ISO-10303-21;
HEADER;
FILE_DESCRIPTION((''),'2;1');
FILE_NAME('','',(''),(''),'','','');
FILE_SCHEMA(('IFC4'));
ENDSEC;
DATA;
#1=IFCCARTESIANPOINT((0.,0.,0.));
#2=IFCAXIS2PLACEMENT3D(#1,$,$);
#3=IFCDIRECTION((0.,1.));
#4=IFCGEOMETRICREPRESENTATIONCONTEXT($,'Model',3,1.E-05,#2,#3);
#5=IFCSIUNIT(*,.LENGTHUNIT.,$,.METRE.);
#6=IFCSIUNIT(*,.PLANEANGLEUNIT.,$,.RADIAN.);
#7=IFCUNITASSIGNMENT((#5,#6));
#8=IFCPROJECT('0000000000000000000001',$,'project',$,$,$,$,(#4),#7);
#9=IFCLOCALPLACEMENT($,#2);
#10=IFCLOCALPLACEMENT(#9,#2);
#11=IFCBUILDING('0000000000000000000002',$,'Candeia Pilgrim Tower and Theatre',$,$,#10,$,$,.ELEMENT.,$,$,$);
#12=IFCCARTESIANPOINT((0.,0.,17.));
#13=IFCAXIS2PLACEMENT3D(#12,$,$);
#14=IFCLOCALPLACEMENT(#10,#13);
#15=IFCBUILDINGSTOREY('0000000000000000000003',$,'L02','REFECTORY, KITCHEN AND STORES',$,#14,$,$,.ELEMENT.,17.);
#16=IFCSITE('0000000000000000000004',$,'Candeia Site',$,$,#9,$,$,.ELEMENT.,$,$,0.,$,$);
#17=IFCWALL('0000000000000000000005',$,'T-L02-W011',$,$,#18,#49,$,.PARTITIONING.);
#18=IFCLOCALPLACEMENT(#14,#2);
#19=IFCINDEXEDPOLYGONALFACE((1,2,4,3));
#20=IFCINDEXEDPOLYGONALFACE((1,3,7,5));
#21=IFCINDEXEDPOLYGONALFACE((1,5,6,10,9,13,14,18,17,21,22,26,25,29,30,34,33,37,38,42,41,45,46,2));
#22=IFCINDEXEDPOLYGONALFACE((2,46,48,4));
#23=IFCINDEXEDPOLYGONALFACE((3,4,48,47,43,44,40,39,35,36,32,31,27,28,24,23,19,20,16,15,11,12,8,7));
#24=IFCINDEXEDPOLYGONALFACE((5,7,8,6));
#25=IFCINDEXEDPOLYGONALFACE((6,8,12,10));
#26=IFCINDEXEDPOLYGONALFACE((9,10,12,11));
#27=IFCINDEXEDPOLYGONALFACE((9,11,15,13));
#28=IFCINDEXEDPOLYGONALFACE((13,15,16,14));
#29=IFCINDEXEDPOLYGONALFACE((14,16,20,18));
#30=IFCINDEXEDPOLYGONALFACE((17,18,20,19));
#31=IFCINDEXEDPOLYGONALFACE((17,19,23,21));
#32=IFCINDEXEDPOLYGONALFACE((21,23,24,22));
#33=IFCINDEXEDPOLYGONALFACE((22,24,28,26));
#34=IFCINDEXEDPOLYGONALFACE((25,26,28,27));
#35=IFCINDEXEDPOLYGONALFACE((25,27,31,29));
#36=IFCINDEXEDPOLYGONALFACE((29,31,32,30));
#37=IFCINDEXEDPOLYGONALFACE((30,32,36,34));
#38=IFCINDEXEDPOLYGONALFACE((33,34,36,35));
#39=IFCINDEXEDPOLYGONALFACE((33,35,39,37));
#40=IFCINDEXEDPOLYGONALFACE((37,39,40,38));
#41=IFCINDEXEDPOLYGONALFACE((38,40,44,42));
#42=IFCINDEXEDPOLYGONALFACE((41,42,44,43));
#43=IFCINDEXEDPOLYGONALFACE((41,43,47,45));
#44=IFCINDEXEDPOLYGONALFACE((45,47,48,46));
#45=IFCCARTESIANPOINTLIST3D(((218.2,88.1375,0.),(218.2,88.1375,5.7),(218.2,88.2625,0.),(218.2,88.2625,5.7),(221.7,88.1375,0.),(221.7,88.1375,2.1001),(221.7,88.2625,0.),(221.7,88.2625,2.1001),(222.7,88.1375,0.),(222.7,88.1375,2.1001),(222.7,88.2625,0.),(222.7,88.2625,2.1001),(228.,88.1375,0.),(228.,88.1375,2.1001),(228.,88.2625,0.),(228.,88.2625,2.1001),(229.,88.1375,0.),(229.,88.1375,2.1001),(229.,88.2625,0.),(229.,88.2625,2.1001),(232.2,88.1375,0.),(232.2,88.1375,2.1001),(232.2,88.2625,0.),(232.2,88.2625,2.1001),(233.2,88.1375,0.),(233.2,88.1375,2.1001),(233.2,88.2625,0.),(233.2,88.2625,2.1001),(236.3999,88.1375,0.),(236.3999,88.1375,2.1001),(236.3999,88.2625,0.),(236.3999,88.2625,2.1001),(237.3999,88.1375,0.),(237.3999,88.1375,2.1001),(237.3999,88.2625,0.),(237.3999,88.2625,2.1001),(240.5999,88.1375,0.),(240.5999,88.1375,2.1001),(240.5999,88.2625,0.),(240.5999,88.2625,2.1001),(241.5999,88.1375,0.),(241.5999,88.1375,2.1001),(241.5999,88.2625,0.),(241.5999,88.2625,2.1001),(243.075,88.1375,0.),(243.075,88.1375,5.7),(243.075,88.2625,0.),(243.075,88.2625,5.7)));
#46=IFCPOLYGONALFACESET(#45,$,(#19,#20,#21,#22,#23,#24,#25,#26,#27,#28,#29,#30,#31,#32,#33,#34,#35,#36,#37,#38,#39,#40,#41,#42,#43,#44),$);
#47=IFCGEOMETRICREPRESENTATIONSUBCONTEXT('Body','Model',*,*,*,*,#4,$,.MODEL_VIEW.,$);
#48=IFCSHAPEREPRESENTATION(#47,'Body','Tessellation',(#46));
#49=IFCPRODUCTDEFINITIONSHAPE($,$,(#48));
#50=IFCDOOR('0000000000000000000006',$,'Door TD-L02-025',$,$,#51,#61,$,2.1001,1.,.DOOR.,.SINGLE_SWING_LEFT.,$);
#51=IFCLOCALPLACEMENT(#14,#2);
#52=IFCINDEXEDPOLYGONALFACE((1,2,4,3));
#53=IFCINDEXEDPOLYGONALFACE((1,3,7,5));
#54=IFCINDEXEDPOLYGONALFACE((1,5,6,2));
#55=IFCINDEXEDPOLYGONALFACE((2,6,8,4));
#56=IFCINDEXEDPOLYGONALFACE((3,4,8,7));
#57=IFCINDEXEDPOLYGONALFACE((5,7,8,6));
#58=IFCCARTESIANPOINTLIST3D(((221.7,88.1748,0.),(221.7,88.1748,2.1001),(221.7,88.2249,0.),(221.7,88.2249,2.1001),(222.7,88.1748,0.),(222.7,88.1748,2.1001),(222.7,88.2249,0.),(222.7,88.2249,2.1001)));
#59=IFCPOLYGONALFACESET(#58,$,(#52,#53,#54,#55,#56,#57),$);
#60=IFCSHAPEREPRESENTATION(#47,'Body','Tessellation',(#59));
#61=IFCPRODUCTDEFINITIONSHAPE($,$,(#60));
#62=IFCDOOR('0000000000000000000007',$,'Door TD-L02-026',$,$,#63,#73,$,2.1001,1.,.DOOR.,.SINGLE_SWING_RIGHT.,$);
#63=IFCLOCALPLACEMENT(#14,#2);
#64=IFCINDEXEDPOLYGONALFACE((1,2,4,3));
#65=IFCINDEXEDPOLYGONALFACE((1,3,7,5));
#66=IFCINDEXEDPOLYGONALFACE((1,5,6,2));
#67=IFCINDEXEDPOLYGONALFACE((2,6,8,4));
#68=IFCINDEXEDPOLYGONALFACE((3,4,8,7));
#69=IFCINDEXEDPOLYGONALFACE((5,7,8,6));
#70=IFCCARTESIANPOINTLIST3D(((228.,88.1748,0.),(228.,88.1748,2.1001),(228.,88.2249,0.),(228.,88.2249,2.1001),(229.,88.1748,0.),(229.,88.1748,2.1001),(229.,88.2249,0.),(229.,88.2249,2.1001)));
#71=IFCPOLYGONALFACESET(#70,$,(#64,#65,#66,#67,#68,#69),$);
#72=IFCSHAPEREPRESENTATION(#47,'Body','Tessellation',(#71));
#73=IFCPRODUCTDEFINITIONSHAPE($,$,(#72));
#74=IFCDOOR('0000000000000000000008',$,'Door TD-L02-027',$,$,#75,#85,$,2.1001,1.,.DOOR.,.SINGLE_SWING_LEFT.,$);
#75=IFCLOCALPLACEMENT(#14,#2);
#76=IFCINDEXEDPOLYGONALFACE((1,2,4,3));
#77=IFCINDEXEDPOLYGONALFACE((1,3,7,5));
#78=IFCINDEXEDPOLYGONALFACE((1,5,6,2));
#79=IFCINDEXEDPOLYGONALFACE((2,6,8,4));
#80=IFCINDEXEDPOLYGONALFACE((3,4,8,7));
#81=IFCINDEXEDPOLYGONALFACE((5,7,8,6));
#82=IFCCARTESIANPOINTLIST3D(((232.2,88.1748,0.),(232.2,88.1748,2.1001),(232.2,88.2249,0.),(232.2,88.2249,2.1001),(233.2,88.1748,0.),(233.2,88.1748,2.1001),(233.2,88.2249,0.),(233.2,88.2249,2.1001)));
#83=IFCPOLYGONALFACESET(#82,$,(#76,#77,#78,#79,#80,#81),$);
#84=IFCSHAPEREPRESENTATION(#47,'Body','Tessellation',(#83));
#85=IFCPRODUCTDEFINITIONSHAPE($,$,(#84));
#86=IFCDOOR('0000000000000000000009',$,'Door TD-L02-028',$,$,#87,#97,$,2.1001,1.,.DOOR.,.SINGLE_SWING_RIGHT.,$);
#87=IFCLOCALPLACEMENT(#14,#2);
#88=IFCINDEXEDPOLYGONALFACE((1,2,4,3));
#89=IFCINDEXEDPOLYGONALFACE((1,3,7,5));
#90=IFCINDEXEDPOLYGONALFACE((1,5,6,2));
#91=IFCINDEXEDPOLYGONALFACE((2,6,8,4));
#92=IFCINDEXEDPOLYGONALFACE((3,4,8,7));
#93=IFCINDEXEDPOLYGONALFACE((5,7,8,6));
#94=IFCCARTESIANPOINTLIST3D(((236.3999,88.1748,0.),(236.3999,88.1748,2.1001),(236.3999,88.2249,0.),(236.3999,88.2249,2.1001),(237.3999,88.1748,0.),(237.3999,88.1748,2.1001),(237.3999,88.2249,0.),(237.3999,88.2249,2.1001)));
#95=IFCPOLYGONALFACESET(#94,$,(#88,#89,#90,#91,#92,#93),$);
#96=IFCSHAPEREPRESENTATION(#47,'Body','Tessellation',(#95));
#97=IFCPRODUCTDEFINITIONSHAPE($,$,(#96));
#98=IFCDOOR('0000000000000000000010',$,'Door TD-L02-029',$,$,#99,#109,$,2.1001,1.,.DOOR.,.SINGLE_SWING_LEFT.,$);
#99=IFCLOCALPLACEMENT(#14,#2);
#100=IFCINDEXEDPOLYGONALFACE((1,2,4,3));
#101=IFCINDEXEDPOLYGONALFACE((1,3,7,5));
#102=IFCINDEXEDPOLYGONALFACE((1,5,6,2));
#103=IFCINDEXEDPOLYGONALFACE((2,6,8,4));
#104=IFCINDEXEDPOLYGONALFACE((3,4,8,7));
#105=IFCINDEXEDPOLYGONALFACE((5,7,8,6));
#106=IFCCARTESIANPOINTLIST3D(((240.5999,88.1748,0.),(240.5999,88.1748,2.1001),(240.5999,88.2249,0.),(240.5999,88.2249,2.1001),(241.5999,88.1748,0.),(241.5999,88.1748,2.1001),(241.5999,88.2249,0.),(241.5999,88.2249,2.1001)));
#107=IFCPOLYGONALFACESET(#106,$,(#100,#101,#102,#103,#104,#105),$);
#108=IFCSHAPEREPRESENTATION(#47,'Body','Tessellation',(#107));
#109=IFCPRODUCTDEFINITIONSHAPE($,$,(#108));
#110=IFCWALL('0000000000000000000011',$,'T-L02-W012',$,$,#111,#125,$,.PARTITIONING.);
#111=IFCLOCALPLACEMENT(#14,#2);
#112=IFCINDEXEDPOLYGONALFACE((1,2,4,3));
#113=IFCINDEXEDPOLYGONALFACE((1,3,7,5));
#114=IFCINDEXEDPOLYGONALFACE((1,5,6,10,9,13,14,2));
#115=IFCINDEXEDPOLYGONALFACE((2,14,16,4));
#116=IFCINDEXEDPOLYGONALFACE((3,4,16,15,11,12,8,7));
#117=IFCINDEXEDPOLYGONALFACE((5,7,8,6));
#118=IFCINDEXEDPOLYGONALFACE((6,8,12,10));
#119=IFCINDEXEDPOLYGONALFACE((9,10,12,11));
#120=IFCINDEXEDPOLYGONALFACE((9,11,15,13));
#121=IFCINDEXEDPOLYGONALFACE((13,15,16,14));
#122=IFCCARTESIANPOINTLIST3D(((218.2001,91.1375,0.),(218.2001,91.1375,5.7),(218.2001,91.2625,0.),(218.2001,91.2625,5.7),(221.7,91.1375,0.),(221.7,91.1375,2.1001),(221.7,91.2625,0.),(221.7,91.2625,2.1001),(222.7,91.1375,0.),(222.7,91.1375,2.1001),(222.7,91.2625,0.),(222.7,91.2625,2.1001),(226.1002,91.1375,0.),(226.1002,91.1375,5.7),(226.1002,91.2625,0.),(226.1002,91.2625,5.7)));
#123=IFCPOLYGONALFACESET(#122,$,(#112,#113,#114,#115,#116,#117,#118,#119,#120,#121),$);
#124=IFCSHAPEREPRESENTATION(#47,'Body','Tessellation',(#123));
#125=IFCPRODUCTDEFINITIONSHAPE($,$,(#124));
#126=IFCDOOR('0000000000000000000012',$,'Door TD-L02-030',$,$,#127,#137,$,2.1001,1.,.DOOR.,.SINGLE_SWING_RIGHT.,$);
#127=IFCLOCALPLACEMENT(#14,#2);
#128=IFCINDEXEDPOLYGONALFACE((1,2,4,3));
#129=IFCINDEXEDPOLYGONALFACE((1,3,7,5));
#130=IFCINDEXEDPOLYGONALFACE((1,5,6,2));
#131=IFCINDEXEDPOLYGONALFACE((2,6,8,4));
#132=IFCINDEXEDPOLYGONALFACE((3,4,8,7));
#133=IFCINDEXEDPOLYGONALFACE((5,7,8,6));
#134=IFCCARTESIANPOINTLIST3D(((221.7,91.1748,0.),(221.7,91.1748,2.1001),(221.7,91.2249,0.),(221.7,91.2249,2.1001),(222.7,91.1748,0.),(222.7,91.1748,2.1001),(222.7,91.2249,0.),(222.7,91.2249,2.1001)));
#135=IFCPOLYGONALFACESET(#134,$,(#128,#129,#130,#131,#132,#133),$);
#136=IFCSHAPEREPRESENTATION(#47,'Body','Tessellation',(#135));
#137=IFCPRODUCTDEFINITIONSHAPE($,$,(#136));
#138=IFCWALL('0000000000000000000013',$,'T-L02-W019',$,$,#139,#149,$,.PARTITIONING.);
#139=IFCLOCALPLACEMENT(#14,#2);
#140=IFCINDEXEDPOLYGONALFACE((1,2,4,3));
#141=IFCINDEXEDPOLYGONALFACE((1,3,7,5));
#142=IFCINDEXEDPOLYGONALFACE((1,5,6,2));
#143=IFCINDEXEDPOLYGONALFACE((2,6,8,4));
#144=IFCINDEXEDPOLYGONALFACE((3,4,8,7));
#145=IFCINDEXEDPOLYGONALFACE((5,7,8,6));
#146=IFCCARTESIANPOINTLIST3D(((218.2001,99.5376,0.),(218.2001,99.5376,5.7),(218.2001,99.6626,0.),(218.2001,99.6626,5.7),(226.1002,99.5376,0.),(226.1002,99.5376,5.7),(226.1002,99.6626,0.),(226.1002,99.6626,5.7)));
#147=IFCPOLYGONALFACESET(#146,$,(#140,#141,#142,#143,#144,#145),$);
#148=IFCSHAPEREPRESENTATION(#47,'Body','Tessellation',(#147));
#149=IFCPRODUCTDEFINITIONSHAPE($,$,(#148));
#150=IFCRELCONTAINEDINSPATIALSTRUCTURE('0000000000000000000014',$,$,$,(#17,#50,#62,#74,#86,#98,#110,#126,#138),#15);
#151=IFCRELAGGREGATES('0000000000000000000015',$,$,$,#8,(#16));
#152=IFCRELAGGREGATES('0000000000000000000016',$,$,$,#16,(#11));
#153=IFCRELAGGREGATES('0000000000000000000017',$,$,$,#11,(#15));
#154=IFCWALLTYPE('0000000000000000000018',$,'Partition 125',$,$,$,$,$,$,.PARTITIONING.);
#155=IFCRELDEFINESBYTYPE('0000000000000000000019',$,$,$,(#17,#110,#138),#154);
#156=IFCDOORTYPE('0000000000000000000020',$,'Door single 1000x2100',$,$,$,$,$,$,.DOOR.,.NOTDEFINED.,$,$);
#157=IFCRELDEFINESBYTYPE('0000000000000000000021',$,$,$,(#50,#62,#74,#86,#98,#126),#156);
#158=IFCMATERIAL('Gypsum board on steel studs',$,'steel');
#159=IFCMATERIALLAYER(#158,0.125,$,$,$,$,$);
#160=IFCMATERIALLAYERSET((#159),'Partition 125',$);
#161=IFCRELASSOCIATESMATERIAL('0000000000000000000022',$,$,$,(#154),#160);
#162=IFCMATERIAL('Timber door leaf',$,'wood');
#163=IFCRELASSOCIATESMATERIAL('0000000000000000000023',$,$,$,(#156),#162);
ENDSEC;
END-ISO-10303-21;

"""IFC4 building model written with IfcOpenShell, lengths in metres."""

from ifc_helpers import new_model, si_unit, direction, frame, frame_2d, origin, place, context, subcontext, project, spatial, rectangle, extrude, material, layer, layer_set, type_object, element, fill, save


model = new_model("IFC4")

# Units and contexts
model_context = context("Model", 3, precision=1e-05, world=origin(), true_north=direction((0.0, 1.0)))
body_context = subcontext(model_context, "Body", "Model", "MODEL_VIEW")
ifc_project = project(units=[si_unit("LENGTHUNIT", "METRE"), si_unit("PLANEANGLEUNIT", "RADIAN")], contexts=[model_context])

# Site, building, storey
site_placement = place(None, origin())
site = spatial("IfcSite", under=ifc_project, at=site_placement, Name="Candeia Site", CompositionType="ELEMENT", RefElevation=0.0)
building_placement = place(site_placement, origin())
building = spatial("IfcBuilding", under=site, at=building_placement, Name="Candeia Pilgrim Tower and Theatre", CompositionType="ELEMENT")
storey_placement = place(building_placement, frame((0.0, 0.0, 17.0)))
storey = spatial("IfcBuildingStorey", under=building, at=storey_placement, Name="L02", Description="REFECTORY, KITCHEN AND STORES", CompositionType="ELEMENT", Elevation=17.0)

# Shared definitions
ifc_material_1 = material(Name="Gypsum board on steel studs", Category="steel")
ifc_layer_1 = layer(ifc_material_1, 0.125)
ifc_layer_set_1 = layer_set([ifc_layer_1], Name="Partition 125")
wall_type_1 = type_object("IfcWallType", Name="Partition 125", PredefinedType="PARTITIONING", material=ifc_layer_set_1)

# Shared definitions
ifc_material_2 = material(Name="Timber door leaf", Category="wood")
door_type_1 = type_object("IfcDoorType", Name="Door single 1000x2100", OperationType="NOTDEFINED", PredefinedType="DOOR", material=ifc_material_2)

# Wall, openings, doors
wall_1_placement = place(storey_placement, frame((218.2, 88.2, 0.0), z_axis=(0.0, 0.0, 1.0), x_axis=(1.0, 0.0, 0.0)))
wall_1 = element("IfcWall", 1, at=wall_1_placement, inside=storey, type_object=wall_type_1, Name="T-L02-W011", PredefinedType="PARTITIONING", context=body_context, shape_type="SweptSolid", body=[
    extrude(rectangle(XDim=24.875, YDim=0.125, at=frame_2d((12.4375, 0.0))), origin(), (0.0, 0.0, 1.0), 5.7),
])
opening_1_placement = place(wall_1_placement, frame((3.5, 0.0, 0.0)))
opening_1 = element("IfcOpeningElement", 2, at=opening_1_placement, cuts=wall_1, PredefinedType="OPENING", context=body_context, shape_type="SweptSolid", body=[
    extrude(rectangle(XDim=1.0, YDim=2.1001, at=frame_2d((0.5, 1.05))), frame((0.0, 0.0725, 0.0), z_axis=(0.0, -1.0, 0.0), x_axis=(1.0, 0.0, 0.0)), (0.0, 0.0, 1.0), 0.145),
])
opening_2_placement = place(wall_1_placement, frame((9.8, 0.0, 0.0)))
opening_2 = element("IfcOpeningElement", 3, at=opening_2_placement, cuts=wall_1, PredefinedType="OPENING", context=body_context, shape_type="SweptSolid", body=[
    extrude(rectangle(XDim=1.0, YDim=2.1001, at=frame_2d((0.5, 1.05))), frame((0.0, 0.0725, 0.0), z_axis=(0.0, -1.0, 0.0), x_axis=(1.0, 0.0, 0.0)), (0.0, 0.0, 1.0), 0.145),
])
opening_3_placement = place(wall_1_placement, frame((14.0, 0.0, 0.0)))
opening_3 = element("IfcOpeningElement", 4, at=opening_3_placement, cuts=wall_1, PredefinedType="OPENING", context=body_context, shape_type="SweptSolid", body=[
    extrude(rectangle(XDim=1.0, YDim=2.1001, at=frame_2d((0.5, 1.05))), frame((0.0, 0.0725, 0.0), z_axis=(0.0, -1.0, 0.0), x_axis=(1.0, 0.0, 0.0)), (0.0, 0.0, 1.0), 0.145),
])
opening_4_placement = place(wall_1_placement, frame((18.2, 0.0, 0.0)))
opening_4 = element("IfcOpeningElement", 5, at=opening_4_placement, cuts=wall_1, PredefinedType="OPENING", context=body_context, shape_type="SweptSolid", body=[
    extrude(rectangle(XDim=1.0, YDim=2.1001, at=frame_2d((0.5, 1.05))), frame((0.0, 0.0725, 0.0), z_axis=(0.0, -1.0, 0.0), x_axis=(1.0, 0.0, 0.0)), (0.0, 0.0, 1.0), 0.145),
])
opening_5_placement = place(wall_1_placement, frame((22.3999, 0.0, 0.0)))
opening_5 = element("IfcOpeningElement", 6, at=opening_5_placement, cuts=wall_1, PredefinedType="OPENING", context=body_context, shape_type="SweptSolid", body=[
    extrude(rectangle(XDim=1.0, YDim=2.1001, at=frame_2d((0.5, 1.05))), frame((0.0, 0.0725, 0.0), z_axis=(0.0, -1.0, 0.0), x_axis=(1.0, 0.0, 0.0)), (0.0, 0.0, 1.0), 0.145),
])
door_1_placement = place(opening_1_placement, origin())
door_1 = element("IfcDoor", 7, at=door_1_placement, inside=storey, type_object=door_type_1, Name="Door TD-L02-025", OperationType="SINGLE_SWING_LEFT", OverallHeight=2.1001, OverallWidth=1.0, PredefinedType="DOOR", context=body_context, shape_type="SweptSolid", body=[
    extrude(rectangle(XDim=1.0, YDim=2.1001, at=frame_2d((0.5, 1.05))), frame((0.0, 0.0249, 0.0), z_axis=(0.0, -1.0, 0.0), x_axis=(1.0, 0.0, 0.0)), (0.0, 0.0, 1.0), 0.05),
])
fill(opening_1, door_1)
door_2_placement = place(opening_2_placement, origin())
door_2 = element("IfcDoor", 8, at=door_2_placement, inside=storey, type_object=door_type_1, Name="Door TD-L02-026", OperationType="SINGLE_SWING_RIGHT", OverallHeight=2.1001, OverallWidth=1.0, PredefinedType="DOOR", context=body_context, shape_type="SweptSolid", body=[
    extrude(rectangle(XDim=1.0, YDim=2.1001, at=frame_2d((0.5, 1.05))), frame((0.0, 0.0249, 0.0), z_axis=(0.0, -1.0, 0.0), x_axis=(1.0, 0.0, 0.0)), (0.0, 0.0, 1.0), 0.05),
])
fill(opening_2, door_2)
door_3_placement = place(opening_3_placement, origin())
door_3 = element("IfcDoor", 9, at=door_3_placement, inside=storey, type_object=door_type_1, Name="Door TD-L02-027", OperationType="SINGLE_SWING_LEFT", OverallHeight=2.1001, OverallWidth=1.0, PredefinedType="DOOR", context=body_context, shape_type="SweptSolid", body=[
    extrude(rectangle(XDim=1.0, YDim=2.1001, at=frame_2d((0.5, 1.05))), frame((0.0, 0.0249, 0.0), z_axis=(0.0, -1.0, 0.0), x_axis=(1.0, 0.0, 0.0)), (0.0, 0.0, 1.0), 0.05),
])
fill(opening_3, door_3)
door_4_placement = place(opening_4_placement, origin())
door_4 = element("IfcDoor", 10, at=door_4_placement, inside=storey, type_object=door_type_1, Name="Door TD-L02-028", OperationType="SINGLE_SWING_RIGHT", OverallHeight=2.1001, OverallWidth=1.0, PredefinedType="DOOR", context=body_context, shape_type="SweptSolid", body=[
    extrude(rectangle(XDim=1.0, YDim=2.1001, at=frame_2d((0.5, 1.05))), frame((0.0, 0.0249, 0.0), z_axis=(0.0, -1.0, 0.0), x_axis=(1.0, 0.0, 0.0)), (0.0, 0.0, 1.0), 0.05),
])
fill(opening_4, door_4)
door_5_placement = place(opening_5_placement, origin())
door_5 = element("IfcDoor", 11, at=door_5_placement, inside=storey, type_object=door_type_1, Name="Door TD-L02-029", OperationType="SINGLE_SWING_LEFT", OverallHeight=2.1001, OverallWidth=1.0, PredefinedType="DOOR", context=body_context, shape_type="SweptSolid", body=[
    extrude(rectangle(XDim=1.0, YDim=2.1001, at=frame_2d((0.5, 1.05))), frame((0.0, 0.0249, 0.0), z_axis=(0.0, -1.0, 0.0), x_axis=(1.0, 0.0, 0.0)), (0.0, 0.0, 1.0), 0.05),
])
fill(opening_5, door_5)

# Wall, opening, door
wall_2_placement = place(storey_placement, frame((218.2, 91.2, 0.0), z_axis=(0.0, 0.0, 1.0), x_axis=(1.0, 0.0, 0.0)))
wall_2 = element("IfcWall", 12, at=wall_2_placement, inside=storey, type_object=wall_type_1, Name="T-L02-W012", PredefinedType="PARTITIONING", context=body_context, shape_type="SweptSolid", body=[
    extrude(rectangle(XDim=7.9001, YDim=0.125, at=frame_2d((3.9502, 0.0))), origin(), (0.0, 0.0, 1.0), 5.7),
])
opening_6_placement = place(wall_2_placement, frame((3.5, 0.0, 0.0)))
opening_6 = element("IfcOpeningElement", 13, at=opening_6_placement, cuts=wall_2, PredefinedType="OPENING", context=body_context, shape_type="SweptSolid", body=[
    extrude(rectangle(XDim=1.0, YDim=2.1001, at=frame_2d((0.5, 1.05))), frame((0.0, 0.0725, 0.0), z_axis=(0.0, -1.0, 0.0), x_axis=(1.0, 0.0, 0.0)), (0.0, 0.0, 1.0), 0.145),
])
door_6_placement = place(opening_6_placement, origin())
door_6 = element("IfcDoor", 14, at=door_6_placement, inside=storey, type_object=door_type_1, Name="Door TD-L02-030", OperationType="SINGLE_SWING_RIGHT", OverallHeight=2.1001, OverallWidth=1.0, PredefinedType="DOOR", context=body_context, shape_type="SweptSolid", body=[
    extrude(rectangle(XDim=1.0, YDim=2.1001, at=frame_2d((0.5, 1.05))), frame((0.0, 0.0249, 0.0), z_axis=(0.0, -1.0, 0.0), x_axis=(1.0, 0.0, 0.0)), (0.0, 0.0, 1.0), 0.05),
])
fill(opening_6, door_6)

# Wall
wall_3_placement = place(storey_placement, frame((218.2, 99.6001, 0.0), z_axis=(0.0, 0.0, 1.0), x_axis=(1.0, 0.0, 0.0)))
element("IfcWall", 15, at=wall_3_placement, inside=storey, type_object=wall_type_1, Name="T-L02-W019", PredefinedType="PARTITIONING", context=body_context, shape_type="SweptSolid", body=[
    extrude(rectangle(XDim=7.9001, YDim=0.125, at=frame_2d((3.9502, 0.0))), origin(), (0.0, 0.0, 1.0), 5.7),
])

save(model, "model.ifc")
